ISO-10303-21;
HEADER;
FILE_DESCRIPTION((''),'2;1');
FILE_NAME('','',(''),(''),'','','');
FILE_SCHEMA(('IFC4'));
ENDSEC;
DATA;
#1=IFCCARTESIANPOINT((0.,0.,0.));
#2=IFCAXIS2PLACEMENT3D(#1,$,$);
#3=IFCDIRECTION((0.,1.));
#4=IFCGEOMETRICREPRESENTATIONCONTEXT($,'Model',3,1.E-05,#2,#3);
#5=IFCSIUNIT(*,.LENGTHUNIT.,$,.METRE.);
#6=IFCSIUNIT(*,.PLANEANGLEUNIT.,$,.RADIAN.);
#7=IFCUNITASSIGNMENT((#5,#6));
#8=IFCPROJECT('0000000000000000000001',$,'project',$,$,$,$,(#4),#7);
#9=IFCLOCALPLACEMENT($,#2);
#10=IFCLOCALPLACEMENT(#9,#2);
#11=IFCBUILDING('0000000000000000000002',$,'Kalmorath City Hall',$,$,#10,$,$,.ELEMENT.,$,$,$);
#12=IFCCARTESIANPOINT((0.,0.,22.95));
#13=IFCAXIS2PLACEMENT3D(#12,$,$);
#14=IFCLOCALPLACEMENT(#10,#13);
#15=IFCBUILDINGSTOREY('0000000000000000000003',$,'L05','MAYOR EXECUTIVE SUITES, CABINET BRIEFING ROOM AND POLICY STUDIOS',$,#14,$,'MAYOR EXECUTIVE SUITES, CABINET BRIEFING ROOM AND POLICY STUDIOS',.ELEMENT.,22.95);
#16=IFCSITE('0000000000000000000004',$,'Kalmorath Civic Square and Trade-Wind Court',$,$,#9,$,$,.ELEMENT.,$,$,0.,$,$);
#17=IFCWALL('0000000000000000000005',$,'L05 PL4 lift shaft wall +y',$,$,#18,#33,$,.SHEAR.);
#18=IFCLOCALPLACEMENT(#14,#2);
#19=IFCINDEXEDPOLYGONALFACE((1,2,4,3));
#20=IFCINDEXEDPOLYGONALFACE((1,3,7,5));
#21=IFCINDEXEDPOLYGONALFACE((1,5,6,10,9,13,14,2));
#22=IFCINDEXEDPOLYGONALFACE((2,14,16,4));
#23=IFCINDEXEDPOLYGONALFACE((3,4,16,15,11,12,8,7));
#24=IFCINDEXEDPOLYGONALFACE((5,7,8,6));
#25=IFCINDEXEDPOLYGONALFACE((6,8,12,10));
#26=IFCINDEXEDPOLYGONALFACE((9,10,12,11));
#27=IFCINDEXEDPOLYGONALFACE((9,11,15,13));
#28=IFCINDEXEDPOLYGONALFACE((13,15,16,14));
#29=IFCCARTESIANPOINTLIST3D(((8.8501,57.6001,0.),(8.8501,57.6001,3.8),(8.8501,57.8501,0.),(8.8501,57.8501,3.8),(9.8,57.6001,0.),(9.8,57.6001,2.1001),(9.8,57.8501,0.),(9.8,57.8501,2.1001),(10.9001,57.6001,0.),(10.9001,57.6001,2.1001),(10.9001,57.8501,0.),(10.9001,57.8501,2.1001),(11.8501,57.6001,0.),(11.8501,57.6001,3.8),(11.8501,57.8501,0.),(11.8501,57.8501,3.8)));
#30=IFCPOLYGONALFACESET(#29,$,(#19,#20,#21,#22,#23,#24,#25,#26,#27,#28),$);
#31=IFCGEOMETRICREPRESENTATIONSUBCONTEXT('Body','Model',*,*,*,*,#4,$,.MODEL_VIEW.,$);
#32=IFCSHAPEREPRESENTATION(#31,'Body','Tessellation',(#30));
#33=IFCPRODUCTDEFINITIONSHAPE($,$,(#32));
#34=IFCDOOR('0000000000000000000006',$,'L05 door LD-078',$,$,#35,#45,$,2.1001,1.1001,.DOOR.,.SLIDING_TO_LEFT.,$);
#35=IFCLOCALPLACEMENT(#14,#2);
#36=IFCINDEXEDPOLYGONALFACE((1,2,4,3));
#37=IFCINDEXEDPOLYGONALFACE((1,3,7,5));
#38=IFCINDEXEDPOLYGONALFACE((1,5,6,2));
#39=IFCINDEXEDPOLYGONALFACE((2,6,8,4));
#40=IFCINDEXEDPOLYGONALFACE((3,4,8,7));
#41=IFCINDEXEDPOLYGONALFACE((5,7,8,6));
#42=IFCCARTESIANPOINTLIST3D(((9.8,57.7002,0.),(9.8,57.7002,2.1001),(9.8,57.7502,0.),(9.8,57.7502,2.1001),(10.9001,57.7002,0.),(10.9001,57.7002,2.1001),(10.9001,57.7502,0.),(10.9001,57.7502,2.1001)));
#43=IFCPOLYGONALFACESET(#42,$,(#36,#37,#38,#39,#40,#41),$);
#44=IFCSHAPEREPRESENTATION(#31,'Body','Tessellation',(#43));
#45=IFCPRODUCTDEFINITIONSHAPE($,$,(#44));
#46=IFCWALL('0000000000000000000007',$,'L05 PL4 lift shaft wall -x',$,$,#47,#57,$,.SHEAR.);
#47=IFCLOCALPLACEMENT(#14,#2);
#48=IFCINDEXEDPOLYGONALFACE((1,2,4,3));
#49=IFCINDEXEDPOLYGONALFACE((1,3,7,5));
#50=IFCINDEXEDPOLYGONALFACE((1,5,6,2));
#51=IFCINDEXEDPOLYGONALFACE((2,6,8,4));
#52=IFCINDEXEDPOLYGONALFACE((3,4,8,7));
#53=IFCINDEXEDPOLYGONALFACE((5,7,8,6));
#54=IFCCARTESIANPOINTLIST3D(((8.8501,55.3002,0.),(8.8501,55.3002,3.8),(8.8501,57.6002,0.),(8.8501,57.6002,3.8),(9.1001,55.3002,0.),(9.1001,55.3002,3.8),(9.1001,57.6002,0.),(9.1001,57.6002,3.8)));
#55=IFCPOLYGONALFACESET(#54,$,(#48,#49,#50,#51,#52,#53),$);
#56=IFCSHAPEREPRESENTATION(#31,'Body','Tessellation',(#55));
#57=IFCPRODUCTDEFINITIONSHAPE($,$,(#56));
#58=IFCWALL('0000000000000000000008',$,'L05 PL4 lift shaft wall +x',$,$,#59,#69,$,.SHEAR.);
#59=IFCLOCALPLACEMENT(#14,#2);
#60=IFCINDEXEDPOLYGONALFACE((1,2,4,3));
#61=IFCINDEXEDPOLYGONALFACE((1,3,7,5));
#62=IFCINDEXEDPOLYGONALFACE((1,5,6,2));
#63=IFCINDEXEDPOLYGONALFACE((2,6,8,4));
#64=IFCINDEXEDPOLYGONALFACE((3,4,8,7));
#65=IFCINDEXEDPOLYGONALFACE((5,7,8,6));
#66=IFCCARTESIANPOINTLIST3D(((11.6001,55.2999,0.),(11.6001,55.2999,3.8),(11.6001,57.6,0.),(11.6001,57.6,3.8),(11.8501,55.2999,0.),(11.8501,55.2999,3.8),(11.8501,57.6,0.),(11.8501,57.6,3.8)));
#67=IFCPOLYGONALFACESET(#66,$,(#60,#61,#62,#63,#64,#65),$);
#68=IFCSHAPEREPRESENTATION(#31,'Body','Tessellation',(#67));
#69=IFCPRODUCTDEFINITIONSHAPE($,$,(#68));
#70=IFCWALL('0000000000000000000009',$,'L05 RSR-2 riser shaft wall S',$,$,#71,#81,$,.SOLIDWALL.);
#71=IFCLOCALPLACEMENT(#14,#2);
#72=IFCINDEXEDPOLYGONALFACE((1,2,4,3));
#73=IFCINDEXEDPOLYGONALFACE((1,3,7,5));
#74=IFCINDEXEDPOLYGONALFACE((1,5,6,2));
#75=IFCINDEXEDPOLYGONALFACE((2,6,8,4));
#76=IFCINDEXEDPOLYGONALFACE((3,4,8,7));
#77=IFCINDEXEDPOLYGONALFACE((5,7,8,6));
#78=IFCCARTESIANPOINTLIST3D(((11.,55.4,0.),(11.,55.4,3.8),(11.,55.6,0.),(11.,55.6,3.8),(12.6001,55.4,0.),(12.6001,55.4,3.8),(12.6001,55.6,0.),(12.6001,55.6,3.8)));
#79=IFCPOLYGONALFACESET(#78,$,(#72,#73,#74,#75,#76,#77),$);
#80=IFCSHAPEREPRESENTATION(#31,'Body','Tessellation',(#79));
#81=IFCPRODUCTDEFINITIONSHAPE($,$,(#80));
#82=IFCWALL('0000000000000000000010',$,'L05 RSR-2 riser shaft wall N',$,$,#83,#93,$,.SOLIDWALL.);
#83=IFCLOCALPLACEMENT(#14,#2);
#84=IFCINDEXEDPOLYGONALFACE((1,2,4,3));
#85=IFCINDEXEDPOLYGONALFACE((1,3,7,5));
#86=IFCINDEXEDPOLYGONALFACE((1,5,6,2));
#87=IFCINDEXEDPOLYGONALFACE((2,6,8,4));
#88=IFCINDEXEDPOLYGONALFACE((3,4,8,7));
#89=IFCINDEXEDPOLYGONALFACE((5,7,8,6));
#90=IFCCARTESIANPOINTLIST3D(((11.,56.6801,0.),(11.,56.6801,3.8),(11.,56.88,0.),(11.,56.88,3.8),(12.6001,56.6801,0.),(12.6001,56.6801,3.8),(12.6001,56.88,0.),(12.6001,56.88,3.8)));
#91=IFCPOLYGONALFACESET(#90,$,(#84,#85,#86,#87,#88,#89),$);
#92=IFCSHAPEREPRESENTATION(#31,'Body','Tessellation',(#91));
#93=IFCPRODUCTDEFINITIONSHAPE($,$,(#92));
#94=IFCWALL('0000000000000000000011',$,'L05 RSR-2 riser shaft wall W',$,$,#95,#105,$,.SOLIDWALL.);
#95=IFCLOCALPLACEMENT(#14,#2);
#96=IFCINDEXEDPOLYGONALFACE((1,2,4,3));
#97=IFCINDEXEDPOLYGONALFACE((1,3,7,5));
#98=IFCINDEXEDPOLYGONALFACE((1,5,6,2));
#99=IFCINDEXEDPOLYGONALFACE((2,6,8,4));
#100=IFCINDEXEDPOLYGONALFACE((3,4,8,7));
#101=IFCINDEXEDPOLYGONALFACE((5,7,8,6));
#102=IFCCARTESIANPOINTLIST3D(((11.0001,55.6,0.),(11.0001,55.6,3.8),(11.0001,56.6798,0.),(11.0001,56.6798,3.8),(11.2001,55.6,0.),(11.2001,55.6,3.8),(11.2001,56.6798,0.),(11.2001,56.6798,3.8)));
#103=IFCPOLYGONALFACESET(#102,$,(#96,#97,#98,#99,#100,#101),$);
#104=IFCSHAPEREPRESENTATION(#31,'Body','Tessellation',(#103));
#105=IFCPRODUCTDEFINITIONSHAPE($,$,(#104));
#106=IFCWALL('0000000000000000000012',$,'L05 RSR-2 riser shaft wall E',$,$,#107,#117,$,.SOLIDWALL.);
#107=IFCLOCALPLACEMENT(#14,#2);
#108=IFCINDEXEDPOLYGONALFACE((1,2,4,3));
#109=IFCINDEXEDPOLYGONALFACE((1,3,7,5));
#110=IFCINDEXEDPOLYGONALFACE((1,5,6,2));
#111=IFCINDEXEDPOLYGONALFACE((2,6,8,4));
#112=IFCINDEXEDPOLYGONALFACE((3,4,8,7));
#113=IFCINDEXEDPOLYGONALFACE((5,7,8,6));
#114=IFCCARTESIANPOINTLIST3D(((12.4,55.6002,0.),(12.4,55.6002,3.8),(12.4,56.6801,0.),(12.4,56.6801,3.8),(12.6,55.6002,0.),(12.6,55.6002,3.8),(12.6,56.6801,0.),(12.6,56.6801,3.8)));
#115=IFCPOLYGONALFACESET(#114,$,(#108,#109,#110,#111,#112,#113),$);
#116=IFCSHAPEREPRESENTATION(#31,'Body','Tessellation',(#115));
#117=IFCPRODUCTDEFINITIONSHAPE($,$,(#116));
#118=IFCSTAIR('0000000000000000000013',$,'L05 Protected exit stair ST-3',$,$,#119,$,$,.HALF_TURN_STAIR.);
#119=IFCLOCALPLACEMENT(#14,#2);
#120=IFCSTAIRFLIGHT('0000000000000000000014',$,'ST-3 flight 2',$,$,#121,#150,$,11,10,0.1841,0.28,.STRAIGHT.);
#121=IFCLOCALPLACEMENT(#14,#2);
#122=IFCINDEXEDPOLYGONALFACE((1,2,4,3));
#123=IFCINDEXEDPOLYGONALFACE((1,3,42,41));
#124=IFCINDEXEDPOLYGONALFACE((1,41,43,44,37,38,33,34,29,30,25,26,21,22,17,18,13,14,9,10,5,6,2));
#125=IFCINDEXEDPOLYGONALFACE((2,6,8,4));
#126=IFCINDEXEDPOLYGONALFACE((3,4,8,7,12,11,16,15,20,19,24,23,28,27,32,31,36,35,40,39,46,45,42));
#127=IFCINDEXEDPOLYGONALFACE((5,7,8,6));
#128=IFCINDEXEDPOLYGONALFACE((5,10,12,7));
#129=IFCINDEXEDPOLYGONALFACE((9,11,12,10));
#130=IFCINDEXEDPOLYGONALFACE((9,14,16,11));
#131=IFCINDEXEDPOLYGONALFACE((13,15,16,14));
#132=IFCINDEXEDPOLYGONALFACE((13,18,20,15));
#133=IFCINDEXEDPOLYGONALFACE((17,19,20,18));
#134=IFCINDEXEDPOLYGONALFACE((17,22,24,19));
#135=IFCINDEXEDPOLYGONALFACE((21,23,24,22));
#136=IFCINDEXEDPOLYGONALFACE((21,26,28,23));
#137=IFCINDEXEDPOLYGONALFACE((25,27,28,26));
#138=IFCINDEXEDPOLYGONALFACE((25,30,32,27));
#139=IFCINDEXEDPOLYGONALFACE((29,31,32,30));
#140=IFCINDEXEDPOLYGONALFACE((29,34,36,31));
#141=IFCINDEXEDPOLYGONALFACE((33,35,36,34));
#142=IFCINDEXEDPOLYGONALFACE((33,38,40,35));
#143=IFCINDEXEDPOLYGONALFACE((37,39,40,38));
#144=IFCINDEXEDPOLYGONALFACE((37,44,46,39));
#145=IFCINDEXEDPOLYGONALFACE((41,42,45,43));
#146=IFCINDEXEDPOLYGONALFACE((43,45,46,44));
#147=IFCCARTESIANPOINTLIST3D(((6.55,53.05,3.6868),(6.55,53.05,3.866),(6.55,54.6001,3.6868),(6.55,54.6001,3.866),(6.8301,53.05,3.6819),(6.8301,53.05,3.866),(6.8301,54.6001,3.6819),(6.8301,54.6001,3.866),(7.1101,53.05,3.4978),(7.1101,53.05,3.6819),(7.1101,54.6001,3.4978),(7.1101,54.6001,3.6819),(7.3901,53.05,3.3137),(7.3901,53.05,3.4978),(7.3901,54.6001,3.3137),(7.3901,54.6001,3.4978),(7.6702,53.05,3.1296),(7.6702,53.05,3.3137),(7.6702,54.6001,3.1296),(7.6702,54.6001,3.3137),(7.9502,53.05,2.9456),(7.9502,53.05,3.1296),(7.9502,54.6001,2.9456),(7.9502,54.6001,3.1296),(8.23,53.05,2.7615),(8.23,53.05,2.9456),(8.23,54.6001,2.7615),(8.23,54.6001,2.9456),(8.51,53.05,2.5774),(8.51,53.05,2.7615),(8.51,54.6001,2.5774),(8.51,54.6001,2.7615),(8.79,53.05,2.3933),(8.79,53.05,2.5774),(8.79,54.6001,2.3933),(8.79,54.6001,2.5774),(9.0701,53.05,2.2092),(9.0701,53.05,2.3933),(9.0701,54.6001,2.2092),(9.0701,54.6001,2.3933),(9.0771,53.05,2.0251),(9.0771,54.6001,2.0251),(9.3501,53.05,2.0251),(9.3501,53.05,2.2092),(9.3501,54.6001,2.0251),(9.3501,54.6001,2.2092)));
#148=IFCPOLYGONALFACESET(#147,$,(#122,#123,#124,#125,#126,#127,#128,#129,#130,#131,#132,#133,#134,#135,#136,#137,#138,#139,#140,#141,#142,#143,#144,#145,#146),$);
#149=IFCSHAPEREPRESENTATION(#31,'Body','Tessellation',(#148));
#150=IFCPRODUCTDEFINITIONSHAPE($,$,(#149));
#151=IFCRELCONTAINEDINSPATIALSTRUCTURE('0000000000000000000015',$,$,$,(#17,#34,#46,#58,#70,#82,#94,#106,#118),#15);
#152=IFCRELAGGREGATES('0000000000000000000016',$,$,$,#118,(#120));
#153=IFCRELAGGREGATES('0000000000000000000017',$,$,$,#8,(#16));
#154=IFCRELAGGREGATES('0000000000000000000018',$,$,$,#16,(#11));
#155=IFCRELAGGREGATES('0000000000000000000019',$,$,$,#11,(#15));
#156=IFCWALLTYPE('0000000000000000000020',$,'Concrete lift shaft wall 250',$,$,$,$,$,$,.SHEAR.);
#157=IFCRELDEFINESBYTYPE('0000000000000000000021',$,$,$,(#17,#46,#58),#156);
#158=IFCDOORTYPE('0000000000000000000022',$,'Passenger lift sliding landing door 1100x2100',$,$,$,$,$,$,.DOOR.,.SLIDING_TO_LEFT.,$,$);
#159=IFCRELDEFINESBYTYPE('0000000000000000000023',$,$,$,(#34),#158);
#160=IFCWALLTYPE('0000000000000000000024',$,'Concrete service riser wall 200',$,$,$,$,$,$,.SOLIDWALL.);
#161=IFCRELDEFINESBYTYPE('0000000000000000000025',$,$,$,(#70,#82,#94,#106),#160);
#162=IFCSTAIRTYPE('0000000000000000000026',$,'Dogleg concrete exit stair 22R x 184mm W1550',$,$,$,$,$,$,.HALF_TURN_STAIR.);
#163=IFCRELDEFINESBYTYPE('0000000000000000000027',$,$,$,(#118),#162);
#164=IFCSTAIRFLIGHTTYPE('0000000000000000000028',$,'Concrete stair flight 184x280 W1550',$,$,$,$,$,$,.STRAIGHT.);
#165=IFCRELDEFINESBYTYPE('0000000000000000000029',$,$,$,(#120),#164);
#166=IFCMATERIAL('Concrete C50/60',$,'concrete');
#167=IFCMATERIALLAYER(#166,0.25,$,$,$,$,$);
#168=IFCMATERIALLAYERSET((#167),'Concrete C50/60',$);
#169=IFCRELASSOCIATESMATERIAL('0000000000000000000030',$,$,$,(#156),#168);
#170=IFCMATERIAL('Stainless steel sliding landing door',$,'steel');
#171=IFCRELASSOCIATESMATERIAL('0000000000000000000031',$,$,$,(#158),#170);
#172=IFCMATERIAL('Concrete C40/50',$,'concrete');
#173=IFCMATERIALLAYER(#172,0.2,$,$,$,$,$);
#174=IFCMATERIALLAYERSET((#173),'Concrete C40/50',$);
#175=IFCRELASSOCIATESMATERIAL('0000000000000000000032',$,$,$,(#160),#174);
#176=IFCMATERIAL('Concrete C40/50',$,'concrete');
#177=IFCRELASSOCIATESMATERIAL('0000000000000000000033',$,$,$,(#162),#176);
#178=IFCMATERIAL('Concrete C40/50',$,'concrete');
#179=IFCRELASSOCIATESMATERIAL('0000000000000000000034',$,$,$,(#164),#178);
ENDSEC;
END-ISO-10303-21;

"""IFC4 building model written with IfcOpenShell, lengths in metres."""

from ifc_helpers import new_model, si_unit, direction, frame, frame_2d, origin, place, context, subcontext, project, spatial, polyline, rectangle, outline, extrude, material, layer, layer_set, type_object, element, fill, aggregate, save


model = new_model("IFC4")

# Units and contexts
model_context = context("Model", 3, precision=1e-05, world=origin(), true_north=direction((0.0, 1.0)))
body_context = subcontext(model_context, "Body", "Model", "MODEL_VIEW")
ifc_project = project(units=[si_unit("LENGTHUNIT", "METRE"), si_unit("PLANEANGLEUNIT", "RADIAN")], contexts=[model_context])

# Site, building, storey
site_placement = place(None, origin())
site = spatial("IfcSite", under=ifc_project, at=site_placement, Name="Kalmorath Civic Square and Trade-Wind Court", CompositionType="ELEMENT", RefElevation=0.0)
building_placement = place(site_placement, origin())
building = spatial("IfcBuilding", under=site, at=building_placement, Name="Kalmorath City Hall", CompositionType="ELEMENT")
storey_placement = place(building_placement, frame((0.0, 0.0, 22.95)))
storey = spatial("IfcBuildingStorey", under=building, at=storey_placement, Name="L05", Description="MAYOR EXECUTIVE SUITES, CABINET BRIEFING ROOM AND POLICY STUDIOS", LongName="MAYOR EXECUTIVE SUITES, CABINET BRIEFING ROOM AND POLICY STUDIOS", CompositionType="ELEMENT", Elevation=22.95)

# Shared definitions
ifc_material_1 = material(Name="Concrete C50/60", Category="concrete")
ifc_layer_1 = layer(ifc_material_1, 0.25)
ifc_layer_set_1 = layer_set([ifc_layer_1], Name="Concrete C50/60")
wall_type_1 = type_object("IfcWallType", Name="Concrete lift shaft wall 250", PredefinedType="SHEAR", material=ifc_layer_set_1)

# Wall, opening, door
wall_1_placement = place(storey_placement, frame((11.8501, 57.7251, 0.0), z_axis=(0.0, 0.0, 1.0), x_axis=(-1.0, 0.0, 0.0)))
wall_1 = element("IfcWall", 1, at=wall_1_placement, inside=storey, type_object=wall_type_1, Name="L05 PL4 lift shaft wall +y", PredefinedType="SHEAR", context=body_context, shape_type="SweptSolid", body=[
    extrude(rectangle(XDim=3.0, YDim=0.25, at=frame_2d((1.5, 0.0))), origin(), (0.0, 0.0, 1.0), 3.8),
])
opening_placement = place(wall_1_placement, frame((0.95, 0.0, 0.0)))
opening = element("IfcOpeningElement", 2, at=opening_placement, cuts=wall_1, PredefinedType="OPENING", context=body_context, shape_type="SweptSolid", body=[
    extrude(rectangle(XDim=1.1001, YDim=2.1001, at=frame_2d((0.55, 1.05))), frame((0.0, 0.135, 0.0), z_axis=(0.0, -1.0, 0.0), x_axis=(1.0, 0.0, 0.0)), (0.0, 0.0, 1.0), 0.27),
])
ifc_material_2 = material(Name="Stainless steel sliding landing door", Category="steel")
door_type = type_object("IfcDoorType", Name="Passenger lift sliding landing door 1100x2100", OperationType="SLIDING_TO_LEFT", PredefinedType="DOOR", material=ifc_material_2)
door_placement = place(opening_placement, origin())
door = element("IfcDoor", 3, at=door_placement, inside=storey, type_object=door_type, Name="L05 door LD-078", OperationType="SLIDING_TO_LEFT", OverallHeight=2.1001, OverallWidth=1.1001, PredefinedType="DOOR", context=body_context, shape_type="SweptSolid", body=[
    extrude(rectangle(XDim=1.1001, YDim=2.1001, at=frame_2d((0.55, 1.05))), frame((0.0, 0.0249, 0.0), z_axis=(0.0, -1.0, 0.0), x_axis=(1.0, 0.0, 0.0)), (0.0, 0.0, 1.0), 0.05),
])
fill(opening, door)

# Walls
for number, where, z_axis, x_axis, name in (
    (4, (8.9751, 57.6001, 0.0), (0.0, 0.0, 1.0), (0.0, -1.0, 0.0), "L05 PL4 lift shaft wall -x"),
    (5, (11.7251, 55.3, 0.0), (0.0, 0.0, 1.0), (0.0, 1.0, 0.0), "L05 PL4 lift shaft wall +x"),
):
    element("IfcWall", number, at=place(storey_placement, frame(where, z_axis=z_axis, x_axis=x_axis)), inside=storey, type_object=wall_type_1, Name=name, PredefinedType="SHEAR", context=body_context, shape_type="SweptSolid", body=[
        extrude(rectangle(XDim=2.3, YDim=0.25, at=frame_2d((1.1499, 0.0))), origin(), (0.0, 0.0, 1.0), 3.8),
    ])
ifc_material_3 = material(Name="Concrete C40/50", Category="concrete")
ifc_layer_2 = layer(ifc_material_3, 0.2)
ifc_layer_set_2 = layer_set([ifc_layer_2], Name="Concrete C40/50")
wall_type_2 = type_object("IfcWallType", Name="Concrete service riser wall 200", PredefinedType="SOLIDWALL", material=ifc_layer_set_2)
for number, where, z_axis, x_axis, name in (
    (6, (11.0, 55.5, 0.0), (0.0, 0.0, 1.0), (1.0, 0.0, 0.0), "L05 RSR-2 riser shaft wall S"),
    (7, (12.6001, 56.78, 0.0), (0.0, 0.0, 1.0), (-1.0, 0.0, 0.0), "L05 RSR-2 riser shaft wall N"),
):
    element("IfcWall", number, at=place(storey_placement, frame(where, z_axis=z_axis, x_axis=x_axis)), inside=storey, type_object=wall_type_2, Name=name, PredefinedType="SOLIDWALL", context=body_context, shape_type="SweptSolid", body=[
        extrude(rectangle(XDim=1.6001, YDim=0.2, at=frame_2d((0.8, 0.0))), origin(), (0.0, 0.0, 1.0), 3.8),
    ])
for number, where, z_axis, x_axis, name in (
    (8, (11.1001, 56.6799, 0.0), (0.0, 0.0, 1.0), (0.0, -1.0, 0.0), "L05 RSR-2 riser shaft wall W"),
    (9, (12.5, 55.6001, 0.0), (0.0, 0.0, 1.0), (0.0, 1.0, 0.0), "L05 RSR-2 riser shaft wall E"),
):
    element("IfcWall", number, at=place(storey_placement, frame(where, z_axis=z_axis, x_axis=x_axis)), inside=storey, type_object=wall_type_2, Name=name, PredefinedType="SOLIDWALL", context=body_context, shape_type="SweptSolid", body=[
        extrude(rectangle(XDim=1.0798, YDim=0.2, at=frame_2d((0.54, 0.0))), origin(), (0.0, 0.0, 1.0), 3.8),
    ])

# Stair, stair flight
ifc_material_4 = material(Name="Concrete C40/50", Category="concrete")
stair_type = type_object("IfcStairType", Name="Dogleg concrete exit stair 22R x 184mm W1550", PredefinedType="HALF_TURN_STAIR", material=ifc_material_4)
stair_placement = place(storey_placement, origin())
stair = element("IfcStair", 10, at=stair_placement, inside=storey, type_object=stair_type, Name="L05 Protected exit stair ST-3", PredefinedType="HALF_TURN_STAIR")
ifc_material_5 = material(Name="Concrete C40/50", Category="concrete")
stair_flight_type = type_object("IfcStairFlightType", Name="Concrete stair flight 184x280 W1550", PredefinedType="STRAIGHT", material=ifc_material_5)
stair_flight_placement = place(storey_placement, frame((9.3501, 53.825, 2.0251), z_axis=(0.0, 0.0, 1.0), x_axis=(-1.0, 0.0, 0.0)))
stair_flight = element("IfcStairFlight", 11, at=stair_flight_placement, type_object=stair_flight_type, Name="ST-3 flight 2", NumberOfRisers=11, NumberOfTreads=10, PredefinedType="STRAIGHT", RiserHeight=0.1841, TreadLength=0.28, context=body_context, shape_type="SweptSolid", body=[
    extrude(outline(polyline([(0.0, 0.0), (0.0, 0.1841), (0.28, 0.1841), (0.28, 0.3682), (0.5601, 0.3682), (0.5601, 0.5522), (0.8401, 0.5522), (0.8401, 0.7363), (1.1201, 0.7363), (1.1201, 0.9204), (1.3999, 0.9204), (1.3999, 1.1045), (1.6799, 1.1045), (1.6799, 1.2886), (1.96, 1.2886), (1.96, 1.4727), (2.24, 1.4727), (2.24, 1.6567), (2.52, 1.6567), (2.52, 1.8408), (2.8, 1.8408), (2.8, 2.0249), (2.8, 1.6616), (0.2729, 0.0), (0.0, 0.0)])), frame((0.0, 0.7749, 0.0), z_axis=(0.0, -1.0, 0.0), x_axis=(1.0, 0.0, 0.0)), (0.0, 0.0, 1.0), 1.55),
])
aggregate(stair, [stair_flight])

save(model, "model.ifc")
